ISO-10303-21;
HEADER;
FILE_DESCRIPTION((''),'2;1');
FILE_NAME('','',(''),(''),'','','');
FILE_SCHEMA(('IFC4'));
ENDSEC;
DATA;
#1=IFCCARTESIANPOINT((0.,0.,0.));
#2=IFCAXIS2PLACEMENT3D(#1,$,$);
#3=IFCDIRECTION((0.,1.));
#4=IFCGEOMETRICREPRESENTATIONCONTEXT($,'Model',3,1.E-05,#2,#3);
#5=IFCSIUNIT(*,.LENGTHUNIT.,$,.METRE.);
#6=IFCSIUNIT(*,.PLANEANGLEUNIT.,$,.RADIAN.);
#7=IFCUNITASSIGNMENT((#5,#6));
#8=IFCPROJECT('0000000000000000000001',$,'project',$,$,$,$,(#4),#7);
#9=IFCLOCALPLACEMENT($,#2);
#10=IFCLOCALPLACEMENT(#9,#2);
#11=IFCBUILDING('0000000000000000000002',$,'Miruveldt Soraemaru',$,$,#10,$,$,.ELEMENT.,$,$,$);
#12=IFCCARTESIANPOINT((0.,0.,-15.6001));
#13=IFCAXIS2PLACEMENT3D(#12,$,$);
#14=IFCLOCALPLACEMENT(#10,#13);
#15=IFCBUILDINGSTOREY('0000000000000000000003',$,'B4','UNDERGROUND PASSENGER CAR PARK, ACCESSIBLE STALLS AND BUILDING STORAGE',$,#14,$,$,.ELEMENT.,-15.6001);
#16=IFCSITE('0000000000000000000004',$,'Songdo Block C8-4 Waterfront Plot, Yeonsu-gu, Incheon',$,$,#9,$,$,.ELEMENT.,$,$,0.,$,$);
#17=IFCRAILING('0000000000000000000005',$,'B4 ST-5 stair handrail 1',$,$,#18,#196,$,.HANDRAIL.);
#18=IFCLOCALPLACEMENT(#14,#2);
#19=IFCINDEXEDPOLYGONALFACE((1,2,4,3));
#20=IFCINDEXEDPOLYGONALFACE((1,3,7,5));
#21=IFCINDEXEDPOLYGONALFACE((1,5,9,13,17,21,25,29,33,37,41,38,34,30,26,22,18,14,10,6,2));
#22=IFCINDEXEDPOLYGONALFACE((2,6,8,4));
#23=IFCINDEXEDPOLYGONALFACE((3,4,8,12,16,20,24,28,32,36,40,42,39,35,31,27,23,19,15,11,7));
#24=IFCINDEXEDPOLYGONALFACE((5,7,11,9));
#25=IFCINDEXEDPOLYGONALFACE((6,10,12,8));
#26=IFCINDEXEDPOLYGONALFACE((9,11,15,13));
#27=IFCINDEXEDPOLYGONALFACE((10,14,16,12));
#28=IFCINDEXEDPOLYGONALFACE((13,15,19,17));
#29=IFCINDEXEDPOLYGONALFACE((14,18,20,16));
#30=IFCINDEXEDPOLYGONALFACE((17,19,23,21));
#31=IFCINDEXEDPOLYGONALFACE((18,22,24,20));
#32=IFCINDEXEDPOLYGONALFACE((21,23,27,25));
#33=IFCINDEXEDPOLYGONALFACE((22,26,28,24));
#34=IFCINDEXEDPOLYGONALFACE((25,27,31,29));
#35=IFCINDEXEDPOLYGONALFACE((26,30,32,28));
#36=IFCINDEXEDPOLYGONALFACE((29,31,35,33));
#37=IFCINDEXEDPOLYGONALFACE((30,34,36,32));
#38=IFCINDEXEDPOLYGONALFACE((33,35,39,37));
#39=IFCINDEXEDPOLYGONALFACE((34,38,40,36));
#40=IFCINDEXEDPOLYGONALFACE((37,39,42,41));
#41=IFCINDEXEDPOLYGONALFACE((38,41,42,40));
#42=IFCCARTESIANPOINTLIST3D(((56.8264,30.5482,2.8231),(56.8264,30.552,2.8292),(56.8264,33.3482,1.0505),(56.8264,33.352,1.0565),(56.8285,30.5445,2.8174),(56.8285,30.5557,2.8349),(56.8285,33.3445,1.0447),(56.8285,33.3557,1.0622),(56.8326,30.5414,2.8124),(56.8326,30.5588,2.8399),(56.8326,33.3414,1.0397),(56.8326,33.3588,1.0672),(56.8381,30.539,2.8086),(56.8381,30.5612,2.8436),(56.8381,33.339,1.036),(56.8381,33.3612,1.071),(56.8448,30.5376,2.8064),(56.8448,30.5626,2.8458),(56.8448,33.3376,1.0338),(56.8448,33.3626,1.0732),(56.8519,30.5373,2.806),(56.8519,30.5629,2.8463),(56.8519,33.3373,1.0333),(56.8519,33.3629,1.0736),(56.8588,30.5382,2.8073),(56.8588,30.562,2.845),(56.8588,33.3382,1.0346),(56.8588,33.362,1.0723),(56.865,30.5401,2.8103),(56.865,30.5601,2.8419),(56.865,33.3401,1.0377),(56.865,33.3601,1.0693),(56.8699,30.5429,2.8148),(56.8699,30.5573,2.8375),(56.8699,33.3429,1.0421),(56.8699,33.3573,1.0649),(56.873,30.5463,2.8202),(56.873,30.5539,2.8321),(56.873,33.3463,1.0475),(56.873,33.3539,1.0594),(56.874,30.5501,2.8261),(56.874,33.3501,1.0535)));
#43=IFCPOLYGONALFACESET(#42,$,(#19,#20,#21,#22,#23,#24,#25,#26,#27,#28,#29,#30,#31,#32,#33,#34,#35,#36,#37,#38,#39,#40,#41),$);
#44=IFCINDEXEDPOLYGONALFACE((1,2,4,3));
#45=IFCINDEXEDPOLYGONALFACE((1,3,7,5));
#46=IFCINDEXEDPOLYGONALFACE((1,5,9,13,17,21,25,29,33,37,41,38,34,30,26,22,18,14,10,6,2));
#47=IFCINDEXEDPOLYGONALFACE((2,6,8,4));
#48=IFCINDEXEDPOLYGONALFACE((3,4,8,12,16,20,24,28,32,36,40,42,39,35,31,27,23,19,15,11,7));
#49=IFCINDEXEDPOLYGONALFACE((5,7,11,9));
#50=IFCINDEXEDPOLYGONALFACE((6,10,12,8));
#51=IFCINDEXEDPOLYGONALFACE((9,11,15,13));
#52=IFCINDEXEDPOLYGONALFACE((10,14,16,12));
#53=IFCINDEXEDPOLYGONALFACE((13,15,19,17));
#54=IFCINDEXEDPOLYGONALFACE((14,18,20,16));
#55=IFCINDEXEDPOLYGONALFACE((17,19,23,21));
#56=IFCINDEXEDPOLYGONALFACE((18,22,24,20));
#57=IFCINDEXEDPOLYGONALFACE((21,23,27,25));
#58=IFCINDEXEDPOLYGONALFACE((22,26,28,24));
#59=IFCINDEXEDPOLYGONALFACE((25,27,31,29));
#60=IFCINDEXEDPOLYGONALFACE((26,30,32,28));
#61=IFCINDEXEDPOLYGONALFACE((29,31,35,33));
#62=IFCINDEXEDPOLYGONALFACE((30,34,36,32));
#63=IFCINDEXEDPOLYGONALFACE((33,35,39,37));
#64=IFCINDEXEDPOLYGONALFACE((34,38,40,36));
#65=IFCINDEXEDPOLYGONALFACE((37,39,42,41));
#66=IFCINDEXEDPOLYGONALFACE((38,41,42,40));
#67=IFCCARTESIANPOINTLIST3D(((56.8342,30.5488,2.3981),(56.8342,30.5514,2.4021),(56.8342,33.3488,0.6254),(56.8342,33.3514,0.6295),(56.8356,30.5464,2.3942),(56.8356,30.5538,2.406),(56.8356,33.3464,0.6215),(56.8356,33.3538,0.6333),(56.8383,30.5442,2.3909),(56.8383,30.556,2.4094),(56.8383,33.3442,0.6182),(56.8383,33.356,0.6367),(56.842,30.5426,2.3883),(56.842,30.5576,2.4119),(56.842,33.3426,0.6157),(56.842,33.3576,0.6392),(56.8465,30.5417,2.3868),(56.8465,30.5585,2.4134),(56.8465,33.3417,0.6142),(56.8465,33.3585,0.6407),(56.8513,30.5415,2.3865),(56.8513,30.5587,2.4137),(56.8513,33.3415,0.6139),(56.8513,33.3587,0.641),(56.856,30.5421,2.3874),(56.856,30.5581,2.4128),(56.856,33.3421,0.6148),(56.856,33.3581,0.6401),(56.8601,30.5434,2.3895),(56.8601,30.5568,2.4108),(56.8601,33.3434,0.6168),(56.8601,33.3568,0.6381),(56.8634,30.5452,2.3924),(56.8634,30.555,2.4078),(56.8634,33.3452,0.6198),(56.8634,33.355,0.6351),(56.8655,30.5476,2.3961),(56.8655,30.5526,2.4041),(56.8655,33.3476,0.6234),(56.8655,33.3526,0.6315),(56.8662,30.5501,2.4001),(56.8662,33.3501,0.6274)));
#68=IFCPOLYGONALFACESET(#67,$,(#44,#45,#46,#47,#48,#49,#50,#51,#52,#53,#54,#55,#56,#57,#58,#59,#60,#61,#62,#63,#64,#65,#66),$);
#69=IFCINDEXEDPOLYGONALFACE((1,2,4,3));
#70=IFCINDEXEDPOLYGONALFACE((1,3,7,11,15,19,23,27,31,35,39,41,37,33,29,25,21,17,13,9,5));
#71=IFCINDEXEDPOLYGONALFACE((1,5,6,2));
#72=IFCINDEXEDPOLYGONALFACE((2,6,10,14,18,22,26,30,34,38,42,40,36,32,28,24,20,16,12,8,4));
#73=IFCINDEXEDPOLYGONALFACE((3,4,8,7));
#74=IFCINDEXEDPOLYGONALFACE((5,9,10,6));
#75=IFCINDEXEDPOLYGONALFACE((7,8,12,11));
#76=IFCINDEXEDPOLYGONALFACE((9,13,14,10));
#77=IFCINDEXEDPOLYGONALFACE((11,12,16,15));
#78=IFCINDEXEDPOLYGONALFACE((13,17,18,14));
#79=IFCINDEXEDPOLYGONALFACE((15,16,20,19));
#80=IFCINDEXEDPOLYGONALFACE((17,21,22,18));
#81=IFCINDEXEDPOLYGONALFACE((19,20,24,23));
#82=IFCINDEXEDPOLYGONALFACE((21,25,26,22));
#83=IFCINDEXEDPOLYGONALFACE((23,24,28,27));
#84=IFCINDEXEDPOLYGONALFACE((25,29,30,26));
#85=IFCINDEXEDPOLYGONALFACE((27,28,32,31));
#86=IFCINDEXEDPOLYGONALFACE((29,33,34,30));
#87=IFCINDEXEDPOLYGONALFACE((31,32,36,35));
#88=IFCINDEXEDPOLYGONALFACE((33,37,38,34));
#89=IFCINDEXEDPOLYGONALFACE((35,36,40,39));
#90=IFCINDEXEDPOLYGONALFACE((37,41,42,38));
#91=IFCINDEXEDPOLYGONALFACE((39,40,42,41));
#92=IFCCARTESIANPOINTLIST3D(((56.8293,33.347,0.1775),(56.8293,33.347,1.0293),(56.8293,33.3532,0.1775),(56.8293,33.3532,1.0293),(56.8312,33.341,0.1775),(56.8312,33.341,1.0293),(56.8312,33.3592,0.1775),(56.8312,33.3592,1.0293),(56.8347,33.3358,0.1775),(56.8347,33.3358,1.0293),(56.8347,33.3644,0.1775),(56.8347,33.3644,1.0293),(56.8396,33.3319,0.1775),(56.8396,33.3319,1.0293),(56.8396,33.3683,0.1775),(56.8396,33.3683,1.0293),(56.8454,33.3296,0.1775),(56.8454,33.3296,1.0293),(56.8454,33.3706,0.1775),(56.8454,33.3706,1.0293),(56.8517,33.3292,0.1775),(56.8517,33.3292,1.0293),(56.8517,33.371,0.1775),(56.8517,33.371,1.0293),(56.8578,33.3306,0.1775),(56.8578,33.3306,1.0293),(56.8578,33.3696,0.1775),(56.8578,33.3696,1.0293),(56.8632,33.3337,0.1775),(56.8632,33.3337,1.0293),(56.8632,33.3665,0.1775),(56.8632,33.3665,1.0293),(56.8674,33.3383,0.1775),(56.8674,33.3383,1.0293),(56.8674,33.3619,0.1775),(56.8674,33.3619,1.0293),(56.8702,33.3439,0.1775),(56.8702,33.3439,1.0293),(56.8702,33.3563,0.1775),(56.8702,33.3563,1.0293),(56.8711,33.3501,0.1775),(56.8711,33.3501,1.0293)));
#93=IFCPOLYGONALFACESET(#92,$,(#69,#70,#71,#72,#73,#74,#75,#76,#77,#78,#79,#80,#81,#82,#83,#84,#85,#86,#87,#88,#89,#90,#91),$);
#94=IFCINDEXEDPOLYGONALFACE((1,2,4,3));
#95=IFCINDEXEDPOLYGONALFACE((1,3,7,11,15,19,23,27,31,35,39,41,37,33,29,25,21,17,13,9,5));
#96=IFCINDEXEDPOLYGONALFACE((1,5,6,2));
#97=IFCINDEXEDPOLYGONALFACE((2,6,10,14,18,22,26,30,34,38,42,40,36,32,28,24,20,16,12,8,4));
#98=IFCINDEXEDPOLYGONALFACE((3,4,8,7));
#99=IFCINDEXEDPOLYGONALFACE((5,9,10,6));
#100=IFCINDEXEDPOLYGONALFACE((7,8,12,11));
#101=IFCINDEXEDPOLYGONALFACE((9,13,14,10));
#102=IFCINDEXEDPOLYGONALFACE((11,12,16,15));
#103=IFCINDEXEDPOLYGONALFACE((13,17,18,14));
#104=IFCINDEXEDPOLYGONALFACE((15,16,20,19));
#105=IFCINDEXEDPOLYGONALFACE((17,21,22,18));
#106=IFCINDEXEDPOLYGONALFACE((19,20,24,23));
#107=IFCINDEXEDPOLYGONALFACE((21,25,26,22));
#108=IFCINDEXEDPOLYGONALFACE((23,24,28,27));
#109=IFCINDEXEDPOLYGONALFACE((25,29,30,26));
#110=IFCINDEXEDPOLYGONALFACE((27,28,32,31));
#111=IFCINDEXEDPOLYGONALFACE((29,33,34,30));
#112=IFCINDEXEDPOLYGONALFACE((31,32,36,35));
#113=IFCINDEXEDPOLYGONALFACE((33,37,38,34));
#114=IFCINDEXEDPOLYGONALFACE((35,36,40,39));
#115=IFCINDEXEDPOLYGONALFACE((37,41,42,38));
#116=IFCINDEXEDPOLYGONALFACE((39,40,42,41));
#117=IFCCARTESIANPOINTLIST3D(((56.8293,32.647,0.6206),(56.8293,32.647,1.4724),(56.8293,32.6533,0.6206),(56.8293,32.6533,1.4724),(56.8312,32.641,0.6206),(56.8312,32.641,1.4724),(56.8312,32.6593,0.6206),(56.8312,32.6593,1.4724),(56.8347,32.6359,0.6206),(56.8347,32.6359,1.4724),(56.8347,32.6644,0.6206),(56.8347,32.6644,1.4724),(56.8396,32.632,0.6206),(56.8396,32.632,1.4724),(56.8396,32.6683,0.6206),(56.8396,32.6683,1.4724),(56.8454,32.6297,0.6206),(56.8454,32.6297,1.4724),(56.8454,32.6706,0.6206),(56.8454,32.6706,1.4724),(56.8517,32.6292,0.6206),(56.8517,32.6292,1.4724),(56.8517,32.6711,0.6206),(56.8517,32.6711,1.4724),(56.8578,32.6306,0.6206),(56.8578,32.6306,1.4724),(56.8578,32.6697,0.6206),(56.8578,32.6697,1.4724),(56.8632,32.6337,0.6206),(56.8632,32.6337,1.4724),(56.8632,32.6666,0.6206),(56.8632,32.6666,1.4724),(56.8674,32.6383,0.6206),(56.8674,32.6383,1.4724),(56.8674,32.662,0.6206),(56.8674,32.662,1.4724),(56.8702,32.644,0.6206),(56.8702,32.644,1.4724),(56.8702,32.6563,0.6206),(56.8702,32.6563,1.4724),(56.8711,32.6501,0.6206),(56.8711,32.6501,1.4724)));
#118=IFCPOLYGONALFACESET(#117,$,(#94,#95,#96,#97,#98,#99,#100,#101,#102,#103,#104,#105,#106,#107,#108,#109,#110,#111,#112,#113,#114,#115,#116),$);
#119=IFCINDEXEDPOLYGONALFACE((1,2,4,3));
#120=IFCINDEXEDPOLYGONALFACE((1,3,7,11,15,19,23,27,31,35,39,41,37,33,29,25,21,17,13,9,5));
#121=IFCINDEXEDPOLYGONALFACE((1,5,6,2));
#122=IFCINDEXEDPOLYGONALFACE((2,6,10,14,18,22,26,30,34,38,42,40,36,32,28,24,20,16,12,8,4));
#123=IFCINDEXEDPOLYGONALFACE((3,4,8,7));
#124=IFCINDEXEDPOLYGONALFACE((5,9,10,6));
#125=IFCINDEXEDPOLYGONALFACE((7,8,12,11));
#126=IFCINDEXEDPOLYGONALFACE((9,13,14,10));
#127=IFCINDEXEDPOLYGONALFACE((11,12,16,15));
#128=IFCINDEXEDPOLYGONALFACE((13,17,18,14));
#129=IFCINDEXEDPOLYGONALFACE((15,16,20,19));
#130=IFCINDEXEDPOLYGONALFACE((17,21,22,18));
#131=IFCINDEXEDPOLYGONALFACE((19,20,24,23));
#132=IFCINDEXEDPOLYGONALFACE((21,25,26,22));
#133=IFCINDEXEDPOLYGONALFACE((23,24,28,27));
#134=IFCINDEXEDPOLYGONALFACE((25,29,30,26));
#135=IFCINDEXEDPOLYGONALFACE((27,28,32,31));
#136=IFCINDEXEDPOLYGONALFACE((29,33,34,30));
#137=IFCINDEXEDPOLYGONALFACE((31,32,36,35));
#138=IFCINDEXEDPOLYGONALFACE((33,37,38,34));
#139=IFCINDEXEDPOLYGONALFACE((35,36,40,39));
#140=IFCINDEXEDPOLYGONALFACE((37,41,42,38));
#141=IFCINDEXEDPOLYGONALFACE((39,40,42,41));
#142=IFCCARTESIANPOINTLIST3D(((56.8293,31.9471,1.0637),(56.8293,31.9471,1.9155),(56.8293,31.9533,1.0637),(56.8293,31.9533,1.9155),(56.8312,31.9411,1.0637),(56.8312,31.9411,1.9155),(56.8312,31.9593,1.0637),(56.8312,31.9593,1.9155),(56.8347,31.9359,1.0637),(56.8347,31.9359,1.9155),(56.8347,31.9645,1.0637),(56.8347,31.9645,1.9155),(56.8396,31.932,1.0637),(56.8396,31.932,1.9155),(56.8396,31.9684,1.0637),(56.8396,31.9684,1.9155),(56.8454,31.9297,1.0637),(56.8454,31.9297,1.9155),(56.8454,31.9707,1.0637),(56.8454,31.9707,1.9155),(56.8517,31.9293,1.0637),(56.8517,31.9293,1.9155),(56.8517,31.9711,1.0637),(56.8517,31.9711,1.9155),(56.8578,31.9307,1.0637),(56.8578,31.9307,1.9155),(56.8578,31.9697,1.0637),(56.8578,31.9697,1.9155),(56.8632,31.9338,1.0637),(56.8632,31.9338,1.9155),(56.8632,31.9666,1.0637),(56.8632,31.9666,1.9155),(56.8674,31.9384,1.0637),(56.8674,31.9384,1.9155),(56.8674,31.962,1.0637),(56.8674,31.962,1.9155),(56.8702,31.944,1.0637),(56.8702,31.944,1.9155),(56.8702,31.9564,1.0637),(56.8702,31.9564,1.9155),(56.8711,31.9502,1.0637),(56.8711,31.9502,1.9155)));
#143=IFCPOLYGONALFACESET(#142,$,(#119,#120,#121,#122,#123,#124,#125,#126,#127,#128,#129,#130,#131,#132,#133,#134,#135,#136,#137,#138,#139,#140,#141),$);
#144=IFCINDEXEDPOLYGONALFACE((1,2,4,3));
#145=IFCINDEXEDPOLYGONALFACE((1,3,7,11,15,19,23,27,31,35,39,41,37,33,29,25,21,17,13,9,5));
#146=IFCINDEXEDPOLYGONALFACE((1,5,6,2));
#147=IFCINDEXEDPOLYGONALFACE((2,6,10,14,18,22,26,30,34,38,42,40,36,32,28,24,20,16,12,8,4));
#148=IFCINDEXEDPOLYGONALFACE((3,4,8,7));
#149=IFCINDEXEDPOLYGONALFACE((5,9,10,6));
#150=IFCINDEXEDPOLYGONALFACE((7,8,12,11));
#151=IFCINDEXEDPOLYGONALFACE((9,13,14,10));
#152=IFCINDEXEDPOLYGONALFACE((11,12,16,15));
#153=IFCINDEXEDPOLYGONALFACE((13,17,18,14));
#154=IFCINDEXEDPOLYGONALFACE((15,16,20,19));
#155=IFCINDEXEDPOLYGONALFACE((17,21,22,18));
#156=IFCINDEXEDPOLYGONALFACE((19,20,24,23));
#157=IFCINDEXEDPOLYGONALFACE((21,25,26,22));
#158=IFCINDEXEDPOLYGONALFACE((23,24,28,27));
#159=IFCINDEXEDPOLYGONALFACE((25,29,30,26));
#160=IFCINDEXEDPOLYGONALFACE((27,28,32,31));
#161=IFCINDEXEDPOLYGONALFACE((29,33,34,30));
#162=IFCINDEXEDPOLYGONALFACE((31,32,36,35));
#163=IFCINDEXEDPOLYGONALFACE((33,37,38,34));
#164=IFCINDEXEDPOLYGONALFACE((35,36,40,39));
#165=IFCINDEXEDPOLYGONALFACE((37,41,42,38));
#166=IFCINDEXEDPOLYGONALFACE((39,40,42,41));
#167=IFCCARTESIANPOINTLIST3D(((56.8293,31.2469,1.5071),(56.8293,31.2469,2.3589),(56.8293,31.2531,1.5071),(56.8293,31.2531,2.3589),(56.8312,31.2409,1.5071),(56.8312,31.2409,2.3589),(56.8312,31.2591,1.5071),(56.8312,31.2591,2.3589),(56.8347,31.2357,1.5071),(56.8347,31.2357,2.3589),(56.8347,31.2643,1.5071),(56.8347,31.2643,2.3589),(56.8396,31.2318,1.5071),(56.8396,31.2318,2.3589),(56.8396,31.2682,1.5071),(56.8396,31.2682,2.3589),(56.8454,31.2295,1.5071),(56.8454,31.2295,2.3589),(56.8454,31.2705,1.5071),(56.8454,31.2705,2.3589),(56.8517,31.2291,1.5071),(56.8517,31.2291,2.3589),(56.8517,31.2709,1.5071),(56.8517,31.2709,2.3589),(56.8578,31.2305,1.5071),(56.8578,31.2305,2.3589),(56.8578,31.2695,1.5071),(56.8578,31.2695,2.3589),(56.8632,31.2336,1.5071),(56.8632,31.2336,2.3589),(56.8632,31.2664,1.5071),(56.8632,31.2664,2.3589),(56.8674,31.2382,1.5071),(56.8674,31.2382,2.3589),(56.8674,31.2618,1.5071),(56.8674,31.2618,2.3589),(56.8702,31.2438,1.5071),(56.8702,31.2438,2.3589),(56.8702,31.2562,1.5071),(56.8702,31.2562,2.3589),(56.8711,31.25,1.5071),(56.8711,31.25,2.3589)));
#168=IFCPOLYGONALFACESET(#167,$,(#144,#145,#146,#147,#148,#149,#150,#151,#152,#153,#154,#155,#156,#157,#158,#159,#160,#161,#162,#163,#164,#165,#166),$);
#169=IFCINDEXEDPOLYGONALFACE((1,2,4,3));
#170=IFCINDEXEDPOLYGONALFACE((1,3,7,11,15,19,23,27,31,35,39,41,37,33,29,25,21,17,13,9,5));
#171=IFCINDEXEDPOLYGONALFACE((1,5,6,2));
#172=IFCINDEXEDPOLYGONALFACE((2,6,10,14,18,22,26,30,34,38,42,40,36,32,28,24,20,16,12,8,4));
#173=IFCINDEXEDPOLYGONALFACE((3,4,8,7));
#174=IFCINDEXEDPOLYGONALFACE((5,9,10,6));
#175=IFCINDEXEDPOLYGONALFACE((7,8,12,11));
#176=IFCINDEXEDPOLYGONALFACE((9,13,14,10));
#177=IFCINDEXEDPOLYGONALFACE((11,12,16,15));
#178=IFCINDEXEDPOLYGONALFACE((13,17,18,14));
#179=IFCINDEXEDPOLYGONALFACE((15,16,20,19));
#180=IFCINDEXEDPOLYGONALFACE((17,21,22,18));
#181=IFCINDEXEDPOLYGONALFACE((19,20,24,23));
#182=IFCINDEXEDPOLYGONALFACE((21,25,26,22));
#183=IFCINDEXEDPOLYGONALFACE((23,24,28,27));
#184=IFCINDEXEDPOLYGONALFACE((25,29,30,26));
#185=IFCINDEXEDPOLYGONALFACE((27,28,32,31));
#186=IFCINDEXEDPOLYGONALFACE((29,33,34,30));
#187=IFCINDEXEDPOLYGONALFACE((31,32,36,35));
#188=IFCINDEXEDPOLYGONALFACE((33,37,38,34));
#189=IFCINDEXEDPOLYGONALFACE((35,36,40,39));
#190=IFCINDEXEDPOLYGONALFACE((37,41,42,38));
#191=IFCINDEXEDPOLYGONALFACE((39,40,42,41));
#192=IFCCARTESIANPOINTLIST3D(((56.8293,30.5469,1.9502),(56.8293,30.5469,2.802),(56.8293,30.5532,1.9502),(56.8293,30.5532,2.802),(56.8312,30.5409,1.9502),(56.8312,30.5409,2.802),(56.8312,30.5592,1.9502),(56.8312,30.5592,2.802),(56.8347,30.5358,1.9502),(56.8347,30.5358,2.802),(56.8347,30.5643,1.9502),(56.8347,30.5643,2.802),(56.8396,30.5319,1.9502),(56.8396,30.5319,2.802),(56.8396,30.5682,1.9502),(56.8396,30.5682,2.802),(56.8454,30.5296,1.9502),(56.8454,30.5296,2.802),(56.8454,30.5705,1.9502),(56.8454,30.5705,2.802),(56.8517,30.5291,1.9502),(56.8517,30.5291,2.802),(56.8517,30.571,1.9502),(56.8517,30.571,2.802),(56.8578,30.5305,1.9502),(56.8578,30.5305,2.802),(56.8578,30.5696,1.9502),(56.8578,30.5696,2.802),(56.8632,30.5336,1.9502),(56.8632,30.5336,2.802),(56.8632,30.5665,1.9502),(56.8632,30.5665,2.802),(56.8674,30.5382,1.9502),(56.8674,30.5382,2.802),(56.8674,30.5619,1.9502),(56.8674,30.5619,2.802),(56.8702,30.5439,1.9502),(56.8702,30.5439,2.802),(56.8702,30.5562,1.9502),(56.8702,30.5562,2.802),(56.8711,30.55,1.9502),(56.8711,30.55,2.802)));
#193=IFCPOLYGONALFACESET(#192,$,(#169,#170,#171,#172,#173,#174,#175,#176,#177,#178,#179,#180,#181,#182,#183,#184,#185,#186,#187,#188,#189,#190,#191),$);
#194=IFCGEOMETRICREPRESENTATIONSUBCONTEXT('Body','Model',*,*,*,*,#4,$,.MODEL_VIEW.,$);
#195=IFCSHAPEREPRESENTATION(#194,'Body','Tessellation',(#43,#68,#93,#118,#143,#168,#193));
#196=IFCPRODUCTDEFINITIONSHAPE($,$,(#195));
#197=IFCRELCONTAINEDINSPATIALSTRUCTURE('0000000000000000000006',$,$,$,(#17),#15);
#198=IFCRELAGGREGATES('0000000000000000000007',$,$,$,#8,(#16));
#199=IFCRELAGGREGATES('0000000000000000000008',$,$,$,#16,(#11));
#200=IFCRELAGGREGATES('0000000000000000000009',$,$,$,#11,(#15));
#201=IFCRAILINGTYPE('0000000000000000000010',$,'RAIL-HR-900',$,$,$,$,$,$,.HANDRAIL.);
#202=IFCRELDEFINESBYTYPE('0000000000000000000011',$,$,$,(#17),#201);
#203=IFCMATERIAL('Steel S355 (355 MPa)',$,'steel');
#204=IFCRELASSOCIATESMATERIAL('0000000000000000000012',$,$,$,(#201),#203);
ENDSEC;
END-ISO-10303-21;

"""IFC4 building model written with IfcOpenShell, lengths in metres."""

from ifc_helpers import new_model, si_unit, direction, frame, origin, origin_2d, place, context, subcontext, project, spatial, circle, extrude, material, type_object, element, save


model = new_model("IFC4")

# Units and contexts
model_context = context("Model", 3, precision=1e-05, world=origin(), true_north=direction((0.0, 1.0)))
body_context = subcontext(model_context, "Body", "Model", "MODEL_VIEW")
ifc_project = project(units=[si_unit("LENGTHUNIT", "METRE"), si_unit("PLANEANGLEUNIT", "RADIAN")], contexts=[model_context])

# Site, building, storey
site_placement = place(None, origin())
site = spatial("IfcSite", under=ifc_project, at=site_placement, Name="Songdo Block C8-4 Waterfront Plot, Yeonsu-gu, Incheon", CompositionType="ELEMENT", RefElevation=0.0)
building_placement = place(site_placement, origin())
building = spatial("IfcBuilding", under=site, at=building_placement, Name="Miruveldt Soraemaru", CompositionType="ELEMENT")
storey_placement = place(building_placement, frame((0.0, 0.0, -15.6001)))
storey = spatial("IfcBuildingStorey", under=building, at=storey_placement, Name="B4", Description="UNDERGROUND PASSENGER CAR PARK, ACCESSIBLE STALLS AND BUILDING STORAGE", CompositionType="ELEMENT", Elevation=-15.6001)

# Shared definitions
ifc_material_1 = material(Name="Steel S355 (355 MPa)", Category="steel")

# Railing
railing_type_1 = type_object("IfcRailingType", Name="RAIL-HR-900", PredefinedType="HANDRAIL", material=ifc_material_1)
railing_1_placement = place(storey_placement, frame((56.8501, 33.3501, 0.1775)))
element("IfcRailing", 1, at=railing_1_placement, inside=storey, type_object=railing_type_1, Name="B4 ST-5 stair handrail 1", PredefinedType="HANDRAIL", context=body_context, shape_type="SweptSolid", body=[
    extrude(circle(Radius=0.0239, at=origin_2d()), frame((0.0, 0.0, 0.876), z_axis=(0.0, -0.844909, 0.53491), x_axis=(1.0, 0.0, 0.0)), (0.0, 0.0, 1.0), 3.314),
    extrude(circle(Radius=0.0161, at=origin_2d()), frame((0.0, 0.0, 0.45), z_axis=(0.0, -0.844909, 0.53491), x_axis=(1.0, 0.0, 0.0)), (0.0, 0.0, 1.0), 3.314),
    extrude(circle(Radius=0.021, at=origin_2d()), origin(), (0.0, 0.0, 1.0), 0.8518),
    extrude(circle(Radius=0.021, at=origin_2d()), frame((0.0, -0.7, 0.4431)), (0.0, 0.0, 1.0), 0.8518),
    extrude(circle(Radius=0.021, at=origin_2d()), frame((0.0, -1.3999, 0.8862)), (0.0, 0.0, 1.0), 0.8518),
    extrude(circle(Radius=0.021, at=origin_2d()), frame((0.0, -2.1001, 1.3296)), (0.0, 0.0, 1.0), 0.8518),
    extrude(circle(Radius=0.021, at=origin_2d()), frame((0.0, -2.8, 1.7727)), (0.0, 0.0, 1.0), 0.8518),
])

save(model, "model.ifc")
